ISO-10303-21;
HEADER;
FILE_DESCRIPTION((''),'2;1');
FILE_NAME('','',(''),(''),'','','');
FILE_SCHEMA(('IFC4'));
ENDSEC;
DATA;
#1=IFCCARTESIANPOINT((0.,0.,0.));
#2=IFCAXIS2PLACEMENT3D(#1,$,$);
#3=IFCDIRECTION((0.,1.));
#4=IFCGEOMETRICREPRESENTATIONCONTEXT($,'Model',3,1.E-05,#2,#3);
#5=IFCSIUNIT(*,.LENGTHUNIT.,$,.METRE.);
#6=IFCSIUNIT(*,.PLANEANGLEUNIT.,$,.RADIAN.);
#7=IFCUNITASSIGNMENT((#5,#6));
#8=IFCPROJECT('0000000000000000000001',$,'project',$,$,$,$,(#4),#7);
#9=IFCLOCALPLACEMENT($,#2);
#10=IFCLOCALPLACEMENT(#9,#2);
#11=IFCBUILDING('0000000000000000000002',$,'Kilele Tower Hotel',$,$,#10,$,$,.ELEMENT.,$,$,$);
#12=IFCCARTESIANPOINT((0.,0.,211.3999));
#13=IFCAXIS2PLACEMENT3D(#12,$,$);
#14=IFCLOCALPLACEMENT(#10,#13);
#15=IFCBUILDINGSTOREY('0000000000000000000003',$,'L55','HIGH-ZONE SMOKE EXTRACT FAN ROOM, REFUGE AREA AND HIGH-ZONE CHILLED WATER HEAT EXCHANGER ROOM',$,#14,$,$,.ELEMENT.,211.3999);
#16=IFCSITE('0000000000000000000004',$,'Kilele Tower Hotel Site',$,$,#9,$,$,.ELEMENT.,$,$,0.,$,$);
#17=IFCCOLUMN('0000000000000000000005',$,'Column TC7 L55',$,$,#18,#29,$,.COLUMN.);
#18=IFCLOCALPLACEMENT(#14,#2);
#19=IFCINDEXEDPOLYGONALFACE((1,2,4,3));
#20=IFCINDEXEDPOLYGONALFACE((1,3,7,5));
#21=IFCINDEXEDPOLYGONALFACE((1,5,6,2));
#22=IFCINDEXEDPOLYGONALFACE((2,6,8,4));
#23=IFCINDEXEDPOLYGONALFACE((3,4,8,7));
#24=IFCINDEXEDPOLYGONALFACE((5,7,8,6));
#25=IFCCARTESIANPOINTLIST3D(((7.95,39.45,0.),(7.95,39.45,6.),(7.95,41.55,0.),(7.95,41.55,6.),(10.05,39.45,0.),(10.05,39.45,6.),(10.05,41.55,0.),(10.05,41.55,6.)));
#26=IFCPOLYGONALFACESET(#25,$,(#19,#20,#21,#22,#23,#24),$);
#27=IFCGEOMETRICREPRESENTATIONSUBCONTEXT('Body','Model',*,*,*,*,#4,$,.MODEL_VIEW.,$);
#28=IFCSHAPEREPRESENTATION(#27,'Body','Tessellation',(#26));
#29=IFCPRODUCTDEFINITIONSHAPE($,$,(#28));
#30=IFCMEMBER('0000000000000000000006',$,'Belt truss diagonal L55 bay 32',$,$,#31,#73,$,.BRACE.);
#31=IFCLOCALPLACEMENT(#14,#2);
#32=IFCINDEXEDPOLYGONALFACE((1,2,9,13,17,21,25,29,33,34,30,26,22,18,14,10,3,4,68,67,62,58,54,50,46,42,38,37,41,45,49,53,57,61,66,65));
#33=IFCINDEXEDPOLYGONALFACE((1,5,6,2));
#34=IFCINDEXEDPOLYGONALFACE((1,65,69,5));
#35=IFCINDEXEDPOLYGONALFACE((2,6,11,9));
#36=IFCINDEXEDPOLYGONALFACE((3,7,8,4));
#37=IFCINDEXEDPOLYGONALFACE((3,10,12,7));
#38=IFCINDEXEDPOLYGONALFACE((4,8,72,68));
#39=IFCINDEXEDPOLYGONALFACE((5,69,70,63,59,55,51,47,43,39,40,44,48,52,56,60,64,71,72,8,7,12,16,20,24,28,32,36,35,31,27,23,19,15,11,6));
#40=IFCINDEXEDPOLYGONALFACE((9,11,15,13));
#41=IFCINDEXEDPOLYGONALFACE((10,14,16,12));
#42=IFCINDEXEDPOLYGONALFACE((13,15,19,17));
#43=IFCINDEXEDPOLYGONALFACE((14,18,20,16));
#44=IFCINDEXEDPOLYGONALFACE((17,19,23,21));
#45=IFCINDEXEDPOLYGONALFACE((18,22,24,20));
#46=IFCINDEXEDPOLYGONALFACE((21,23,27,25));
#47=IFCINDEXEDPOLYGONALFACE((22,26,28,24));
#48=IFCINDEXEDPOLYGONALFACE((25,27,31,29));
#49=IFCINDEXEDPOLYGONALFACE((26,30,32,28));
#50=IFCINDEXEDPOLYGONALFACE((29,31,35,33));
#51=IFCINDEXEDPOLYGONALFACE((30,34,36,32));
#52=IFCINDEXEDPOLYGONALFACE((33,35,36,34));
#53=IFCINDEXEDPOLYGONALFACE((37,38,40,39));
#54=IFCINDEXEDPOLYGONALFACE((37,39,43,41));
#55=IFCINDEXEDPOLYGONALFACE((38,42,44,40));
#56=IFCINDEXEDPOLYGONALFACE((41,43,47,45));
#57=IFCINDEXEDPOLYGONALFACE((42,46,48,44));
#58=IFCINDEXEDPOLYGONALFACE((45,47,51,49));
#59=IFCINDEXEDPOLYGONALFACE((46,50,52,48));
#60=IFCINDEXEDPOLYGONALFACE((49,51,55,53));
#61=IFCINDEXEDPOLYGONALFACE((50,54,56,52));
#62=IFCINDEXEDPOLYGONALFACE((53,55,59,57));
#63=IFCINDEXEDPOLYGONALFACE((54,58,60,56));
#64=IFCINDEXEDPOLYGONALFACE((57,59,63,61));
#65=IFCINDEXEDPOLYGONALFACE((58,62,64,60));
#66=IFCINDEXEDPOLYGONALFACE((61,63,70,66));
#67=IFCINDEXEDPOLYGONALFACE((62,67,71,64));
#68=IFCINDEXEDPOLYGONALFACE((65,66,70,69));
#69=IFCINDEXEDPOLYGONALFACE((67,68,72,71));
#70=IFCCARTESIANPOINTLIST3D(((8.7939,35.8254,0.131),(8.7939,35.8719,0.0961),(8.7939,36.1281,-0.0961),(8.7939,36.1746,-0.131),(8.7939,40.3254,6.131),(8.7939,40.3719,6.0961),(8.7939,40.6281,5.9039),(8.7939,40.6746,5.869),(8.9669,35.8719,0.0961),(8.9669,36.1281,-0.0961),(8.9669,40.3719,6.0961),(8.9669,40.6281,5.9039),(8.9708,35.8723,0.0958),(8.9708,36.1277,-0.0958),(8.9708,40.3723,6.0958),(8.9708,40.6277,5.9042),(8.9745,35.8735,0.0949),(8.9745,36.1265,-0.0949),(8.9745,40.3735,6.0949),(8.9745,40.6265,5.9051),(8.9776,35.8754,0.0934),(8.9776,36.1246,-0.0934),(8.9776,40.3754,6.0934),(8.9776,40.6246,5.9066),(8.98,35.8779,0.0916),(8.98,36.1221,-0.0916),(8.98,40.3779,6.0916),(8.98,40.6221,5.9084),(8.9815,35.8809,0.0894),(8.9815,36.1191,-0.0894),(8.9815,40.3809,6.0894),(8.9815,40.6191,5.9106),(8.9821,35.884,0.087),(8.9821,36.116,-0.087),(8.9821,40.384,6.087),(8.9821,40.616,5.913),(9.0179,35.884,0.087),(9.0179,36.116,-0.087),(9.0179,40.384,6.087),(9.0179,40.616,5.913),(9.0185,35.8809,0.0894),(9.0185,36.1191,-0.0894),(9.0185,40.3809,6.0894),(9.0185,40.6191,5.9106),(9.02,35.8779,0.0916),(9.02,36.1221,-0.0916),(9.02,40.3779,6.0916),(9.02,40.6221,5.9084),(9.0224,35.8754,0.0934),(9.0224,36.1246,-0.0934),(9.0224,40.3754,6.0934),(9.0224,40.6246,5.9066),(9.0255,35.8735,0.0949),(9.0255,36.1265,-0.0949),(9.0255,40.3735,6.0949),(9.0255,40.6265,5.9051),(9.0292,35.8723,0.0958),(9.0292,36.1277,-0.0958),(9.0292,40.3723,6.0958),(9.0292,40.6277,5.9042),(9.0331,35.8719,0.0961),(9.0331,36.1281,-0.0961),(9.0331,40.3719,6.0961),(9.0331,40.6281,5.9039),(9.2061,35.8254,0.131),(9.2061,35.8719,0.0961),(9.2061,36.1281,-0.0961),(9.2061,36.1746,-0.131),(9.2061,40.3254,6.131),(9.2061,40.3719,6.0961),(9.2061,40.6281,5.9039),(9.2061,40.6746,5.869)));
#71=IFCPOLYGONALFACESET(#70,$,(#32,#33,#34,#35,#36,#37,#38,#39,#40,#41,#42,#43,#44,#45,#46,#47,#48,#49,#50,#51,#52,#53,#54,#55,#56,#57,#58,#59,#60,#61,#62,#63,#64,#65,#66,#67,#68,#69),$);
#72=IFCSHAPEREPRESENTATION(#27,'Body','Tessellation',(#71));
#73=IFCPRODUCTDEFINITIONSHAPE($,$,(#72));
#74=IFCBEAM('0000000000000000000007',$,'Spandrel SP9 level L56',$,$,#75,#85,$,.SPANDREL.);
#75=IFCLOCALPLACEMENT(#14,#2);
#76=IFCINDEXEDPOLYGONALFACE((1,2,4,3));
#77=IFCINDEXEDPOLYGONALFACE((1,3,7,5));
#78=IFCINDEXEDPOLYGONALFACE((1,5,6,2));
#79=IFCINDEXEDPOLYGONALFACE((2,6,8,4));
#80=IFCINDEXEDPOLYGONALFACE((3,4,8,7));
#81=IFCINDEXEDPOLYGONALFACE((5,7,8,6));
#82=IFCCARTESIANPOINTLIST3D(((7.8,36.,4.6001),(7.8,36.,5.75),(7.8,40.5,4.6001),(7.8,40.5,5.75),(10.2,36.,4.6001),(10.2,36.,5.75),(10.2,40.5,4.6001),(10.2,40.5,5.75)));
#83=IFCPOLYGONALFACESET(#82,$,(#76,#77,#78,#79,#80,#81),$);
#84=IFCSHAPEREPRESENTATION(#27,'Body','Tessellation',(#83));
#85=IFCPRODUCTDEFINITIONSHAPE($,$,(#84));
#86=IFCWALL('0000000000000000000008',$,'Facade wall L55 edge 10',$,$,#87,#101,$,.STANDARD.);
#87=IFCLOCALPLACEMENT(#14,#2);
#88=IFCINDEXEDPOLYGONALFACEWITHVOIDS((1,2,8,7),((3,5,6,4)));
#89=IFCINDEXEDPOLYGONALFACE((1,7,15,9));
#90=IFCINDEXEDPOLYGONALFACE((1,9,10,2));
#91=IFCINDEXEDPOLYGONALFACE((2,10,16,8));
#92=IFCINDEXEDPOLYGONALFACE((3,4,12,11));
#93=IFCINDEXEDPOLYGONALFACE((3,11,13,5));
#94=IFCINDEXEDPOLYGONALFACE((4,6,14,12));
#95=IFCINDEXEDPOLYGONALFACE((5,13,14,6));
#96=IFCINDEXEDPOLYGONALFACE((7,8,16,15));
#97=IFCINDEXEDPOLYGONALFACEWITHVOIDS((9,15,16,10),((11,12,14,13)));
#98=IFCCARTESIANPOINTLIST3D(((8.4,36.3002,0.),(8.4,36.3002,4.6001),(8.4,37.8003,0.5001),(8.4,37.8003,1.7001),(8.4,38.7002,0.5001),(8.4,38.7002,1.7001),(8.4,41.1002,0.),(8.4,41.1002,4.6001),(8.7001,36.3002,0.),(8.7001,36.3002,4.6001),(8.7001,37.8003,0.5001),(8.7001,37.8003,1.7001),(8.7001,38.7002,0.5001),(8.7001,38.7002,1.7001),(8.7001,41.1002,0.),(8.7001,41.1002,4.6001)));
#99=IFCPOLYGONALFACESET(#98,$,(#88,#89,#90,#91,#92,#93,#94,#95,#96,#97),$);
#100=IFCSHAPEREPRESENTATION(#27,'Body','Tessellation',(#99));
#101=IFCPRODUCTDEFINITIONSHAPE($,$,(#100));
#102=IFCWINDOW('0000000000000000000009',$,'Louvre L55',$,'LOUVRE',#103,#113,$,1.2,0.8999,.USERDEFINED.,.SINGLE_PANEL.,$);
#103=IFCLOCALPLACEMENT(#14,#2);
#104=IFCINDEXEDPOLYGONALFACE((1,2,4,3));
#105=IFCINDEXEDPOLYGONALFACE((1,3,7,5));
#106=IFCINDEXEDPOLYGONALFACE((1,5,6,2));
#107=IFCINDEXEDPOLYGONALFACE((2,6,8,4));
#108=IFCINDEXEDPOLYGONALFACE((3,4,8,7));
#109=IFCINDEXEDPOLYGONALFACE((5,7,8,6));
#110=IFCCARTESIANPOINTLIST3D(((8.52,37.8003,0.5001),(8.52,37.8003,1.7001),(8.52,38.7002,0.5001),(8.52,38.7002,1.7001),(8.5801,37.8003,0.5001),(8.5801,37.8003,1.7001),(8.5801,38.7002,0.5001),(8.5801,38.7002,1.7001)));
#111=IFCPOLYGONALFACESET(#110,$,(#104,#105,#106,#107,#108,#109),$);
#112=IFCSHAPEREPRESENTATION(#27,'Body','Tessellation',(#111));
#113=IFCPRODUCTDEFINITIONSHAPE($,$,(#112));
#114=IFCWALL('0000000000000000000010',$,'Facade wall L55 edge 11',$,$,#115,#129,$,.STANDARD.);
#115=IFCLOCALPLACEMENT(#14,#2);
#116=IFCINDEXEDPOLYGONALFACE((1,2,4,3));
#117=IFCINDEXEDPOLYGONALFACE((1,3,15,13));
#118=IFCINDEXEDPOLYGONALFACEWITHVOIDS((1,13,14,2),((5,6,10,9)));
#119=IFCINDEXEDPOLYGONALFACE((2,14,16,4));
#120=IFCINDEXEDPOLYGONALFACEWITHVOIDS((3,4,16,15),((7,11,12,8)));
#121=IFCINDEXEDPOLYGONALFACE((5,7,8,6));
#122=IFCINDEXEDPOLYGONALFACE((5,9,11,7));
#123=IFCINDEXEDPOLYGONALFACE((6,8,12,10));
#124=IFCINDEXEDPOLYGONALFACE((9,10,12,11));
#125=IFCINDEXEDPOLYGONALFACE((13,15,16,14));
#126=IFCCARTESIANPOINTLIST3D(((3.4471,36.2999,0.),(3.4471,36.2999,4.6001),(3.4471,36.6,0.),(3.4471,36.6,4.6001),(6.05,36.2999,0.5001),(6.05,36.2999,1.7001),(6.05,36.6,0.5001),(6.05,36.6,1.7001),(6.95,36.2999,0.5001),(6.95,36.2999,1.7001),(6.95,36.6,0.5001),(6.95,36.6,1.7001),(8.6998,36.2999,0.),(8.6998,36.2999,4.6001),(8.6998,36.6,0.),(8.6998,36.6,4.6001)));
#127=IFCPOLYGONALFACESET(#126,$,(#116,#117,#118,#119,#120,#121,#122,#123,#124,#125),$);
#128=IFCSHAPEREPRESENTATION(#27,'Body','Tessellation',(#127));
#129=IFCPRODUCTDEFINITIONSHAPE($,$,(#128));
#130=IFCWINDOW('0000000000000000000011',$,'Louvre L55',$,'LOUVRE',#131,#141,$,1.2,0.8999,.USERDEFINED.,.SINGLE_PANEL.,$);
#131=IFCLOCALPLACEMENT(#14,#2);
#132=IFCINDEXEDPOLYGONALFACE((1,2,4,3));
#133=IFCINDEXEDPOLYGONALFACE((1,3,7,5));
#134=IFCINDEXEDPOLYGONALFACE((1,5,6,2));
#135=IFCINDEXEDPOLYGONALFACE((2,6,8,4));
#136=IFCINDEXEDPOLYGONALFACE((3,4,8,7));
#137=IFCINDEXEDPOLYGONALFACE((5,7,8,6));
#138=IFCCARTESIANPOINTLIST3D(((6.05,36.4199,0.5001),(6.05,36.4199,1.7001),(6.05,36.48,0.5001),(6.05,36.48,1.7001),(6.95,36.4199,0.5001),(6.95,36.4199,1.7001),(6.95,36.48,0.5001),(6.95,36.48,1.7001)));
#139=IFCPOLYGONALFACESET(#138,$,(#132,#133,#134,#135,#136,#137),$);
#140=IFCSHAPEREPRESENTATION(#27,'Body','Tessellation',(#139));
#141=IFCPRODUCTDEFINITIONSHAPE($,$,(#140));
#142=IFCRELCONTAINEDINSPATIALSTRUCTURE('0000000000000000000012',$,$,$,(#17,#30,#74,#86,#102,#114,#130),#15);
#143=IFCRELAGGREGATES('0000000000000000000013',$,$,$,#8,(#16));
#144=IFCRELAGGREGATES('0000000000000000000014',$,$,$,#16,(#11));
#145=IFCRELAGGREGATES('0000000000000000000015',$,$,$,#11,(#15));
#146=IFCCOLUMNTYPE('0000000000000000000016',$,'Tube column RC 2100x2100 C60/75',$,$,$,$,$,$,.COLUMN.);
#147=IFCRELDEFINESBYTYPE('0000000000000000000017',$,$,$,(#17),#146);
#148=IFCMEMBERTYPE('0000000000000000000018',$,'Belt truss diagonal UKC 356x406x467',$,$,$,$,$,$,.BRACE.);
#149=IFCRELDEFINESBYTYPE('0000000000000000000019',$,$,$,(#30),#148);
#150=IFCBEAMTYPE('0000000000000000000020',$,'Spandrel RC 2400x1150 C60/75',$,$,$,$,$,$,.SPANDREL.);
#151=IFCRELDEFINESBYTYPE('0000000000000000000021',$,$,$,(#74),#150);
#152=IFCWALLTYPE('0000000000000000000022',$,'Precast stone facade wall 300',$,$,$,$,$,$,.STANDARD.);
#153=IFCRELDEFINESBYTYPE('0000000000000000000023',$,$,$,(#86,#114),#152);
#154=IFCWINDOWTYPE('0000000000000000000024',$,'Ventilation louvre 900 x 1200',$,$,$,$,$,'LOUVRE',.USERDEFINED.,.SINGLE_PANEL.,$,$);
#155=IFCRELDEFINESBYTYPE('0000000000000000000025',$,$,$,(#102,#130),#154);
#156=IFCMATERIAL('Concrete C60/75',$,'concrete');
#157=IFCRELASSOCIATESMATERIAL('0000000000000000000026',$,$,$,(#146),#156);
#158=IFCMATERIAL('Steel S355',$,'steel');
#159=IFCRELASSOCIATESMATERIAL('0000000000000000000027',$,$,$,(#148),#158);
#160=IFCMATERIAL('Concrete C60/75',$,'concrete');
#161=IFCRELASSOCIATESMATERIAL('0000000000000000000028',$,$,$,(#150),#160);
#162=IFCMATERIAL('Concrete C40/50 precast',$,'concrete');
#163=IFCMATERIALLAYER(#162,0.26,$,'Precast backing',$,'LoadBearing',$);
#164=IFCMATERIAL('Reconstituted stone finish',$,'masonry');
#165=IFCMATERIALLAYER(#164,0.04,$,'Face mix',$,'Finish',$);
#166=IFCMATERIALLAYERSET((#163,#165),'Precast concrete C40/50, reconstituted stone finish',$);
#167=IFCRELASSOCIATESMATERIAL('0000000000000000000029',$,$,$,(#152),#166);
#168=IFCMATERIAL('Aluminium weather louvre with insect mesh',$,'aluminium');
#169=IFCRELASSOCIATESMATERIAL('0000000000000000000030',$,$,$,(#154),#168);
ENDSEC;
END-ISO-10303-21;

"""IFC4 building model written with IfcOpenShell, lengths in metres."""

from ifc_helpers import new_model, si_unit, direction, frame, frame_2d, origin, origin_2d, place, context, subcontext, project, spatial, rectangle, i_section, extrude, material, layer, layer_set, material_profile, profile_set, type_object, element, fill, save


model = new_model("IFC4")

# Units and contexts
model_context = context("Model", 3, precision=1e-05, world=origin(), true_north=direction((0.0, 1.0)))
body_context = subcontext(model_context, "Body", "Model", "MODEL_VIEW")
ifc_project = project(units=[si_unit("LENGTHUNIT", "METRE"), si_unit("PLANEANGLEUNIT", "RADIAN")], contexts=[model_context])

# Site, building, storey
site_placement = place(None, origin())
site = spatial("IfcSite", under=ifc_project, at=site_placement, Name="Kilele Tower Hotel Site", CompositionType="ELEMENT", RefElevation=0.0)
building_placement = place(site_placement, origin())
building = spatial("IfcBuilding", under=site, at=building_placement, Name="Kilele Tower Hotel", CompositionType="ELEMENT")
storey_placement = place(building_placement, frame((0.0, 0.0, 211.3999)))
storey = spatial("IfcBuildingStorey", under=building, at=storey_placement, Name="L55", Description="HIGH-ZONE SMOKE EXTRACT FAN ROOM, REFUGE AREA AND HIGH-ZONE CHILLED WATER HEAT EXCHANGER ROOM", CompositionType="ELEMENT", Elevation=211.3999)

# Column
ifc_material_1 = material(Name="Concrete C60/75", Category="concrete")
ifc_material_profile_1 = material_profile(ifc_material_1, rectangle(XDim=2.1001, YDim=2.1001, at=origin_2d()))
ifc_profile_set_1 = profile_set([ifc_material_profile_1], Name="Concrete C60/75")
column_type = type_object("IfcColumnType", Name="Tube column RC 2100x2100 C60/75", PredefinedType="COLUMN", material=ifc_profile_set_1)
column_placement = place(storey_placement, frame((9.0, 40.5, 0.0), z_axis=(0.0, 0.0, 1.0), x_axis=(1.0, 0.0, 0.0)))
element("IfcColumn", 1, at=column_placement, inside=storey, type_object=column_type, Name="Column TC7 L55", PredefinedType="COLUMN", context=body_context, shape_type="SweptSolid", body=[
    extrude(rectangle(XDim=2.1001, YDim=2.1001, at=origin_2d()), origin(), (0.0, 0.0, 1.0), 6.0),
])

# Member
ifc_material_2 = material(Name="Steel S355", Category="steel")
ifc_material_profile_2 = material_profile(ifc_material_2, i_section(OverallWidth=0.4121, OverallDepth=0.4365, WebThickness=0.0359, FlangeThickness=0.0581, FilletRadius=0.0151, at=origin_2d()))
ifc_profile_set_2 = profile_set([ifc_material_profile_2], Name="Steel S355")
member_type = type_object("IfcMemberType", Name="Belt truss diagonal UKC 356x406x467", PredefinedType="BRACE", material=ifc_profile_set_2)
member_placement = place(storey_placement, frame((9.0, 40.5, 6.0), z_axis=(0.0, -0.6, -0.8), x_axis=(1.0, 0.0, 0.0)))
element("IfcMember", 2, at=member_placement, inside=storey, type_object=member_type, Name="Belt truss diagonal L55 bay 32", PredefinedType="BRACE", context=body_context, shape_type="SweptSolid", body=[
    extrude(i_section(OverallWidth=0.4121, OverallDepth=0.4365, WebThickness=0.0359, FlangeThickness=0.0581, FilletRadius=0.0151, at=origin_2d()), origin(), (0.0, 0.0, 1.0), 7.5),
])

# Beam
ifc_material_3 = material(Name="Concrete C60/75", Category="concrete")
ifc_material_profile_3 = material_profile(ifc_material_3, rectangle(XDim=2.3999, YDim=1.1499, at=origin_2d()))
ifc_profile_set_3 = profile_set([ifc_material_profile_3], Name="Concrete C60/75")
beam_type = type_object("IfcBeamType", Name="Spandrel RC 2400x1150 C60/75", PredefinedType="SPANDREL", material=ifc_profile_set_3)
beam_placement = place(storey_placement, frame((9.0, 40.5, 5.175), z_axis=(0.0, -1.0, 0.0), x_axis=(1.0, 0.0, 0.0)))
element("IfcBeam", 3, at=beam_placement, inside=storey, type_object=beam_type, Name="Spandrel SP9 level L56", PredefinedType="SPANDREL", context=body_context, shape_type="SweptSolid", body=[
    extrude(rectangle(XDim=2.3999, YDim=1.1499, at=origin_2d()), origin(), (0.0, 0.0, 1.0), 4.5),
])

# Walls, openings, windows
ifc_material_4 = material(Name="Concrete C40/50 precast", Category="concrete")
ifc_layer_1 = layer(ifc_material_4, 0.26, Name="Precast backing", Category="LoadBearing")
ifc_material_5 = material(Name="Reconstituted stone finish", Category="masonry")
ifc_layer_2 = layer(ifc_material_5, 0.04, Name="Face mix", Category="Finish")
ifc_layer_set_1 = layer_set([ifc_layer_1, ifc_layer_2], Name="Precast concrete C40/50, reconstituted stone finish")
wall_type = type_object("IfcWallType", Name="Precast stone facade wall 300", PredefinedType="STANDARD", material=ifc_layer_set_1)
wall_1_placement = place(storey_placement, frame((8.55, 41.1001, 0.0), z_axis=(0.0, 0.0, 1.0), x_axis=(0.0, -1.0, 0.0)))
wall_1 = element("IfcWall", 4, at=wall_1_placement, inside=storey, type_object=wall_type, Name="Facade wall L55 edge 10", PredefinedType="STANDARD", context=body_context, shape_type="SweptSolid", body=[
    extrude(rectangle(XDim=4.8, YDim=0.3, at=frame_2d((2.3999, 0.0))), origin(), (0.0, 0.0, 1.0), 4.6001),
])
opening_1_placement = place(wall_1_placement, frame((2.3999, 0.0, 0.5)))
opening_1 = element("IfcOpeningElement", 5, at=opening_1_placement, cuts=wall_1, PredefinedType="OPENING", context=body_context, shape_type="SweptSolid", body=[
    extrude(rectangle(XDim=0.8999, YDim=1.2, at=frame_2d((0.45, 0.6001))), frame((0.0, 0.1599, 0.0), z_axis=(0.0, -1.0, 0.0), x_axis=(1.0, 0.0, 0.0)), (0.0, 0.0, 1.0), 0.3201),
])
ifc_material_6 = material(Name="Aluminium weather louvre with insect mesh", Category="aluminium")
window_type = type_object("IfcWindowType", Name="Ventilation louvre 900 x 1200", ElementType="LOUVRE", PartitioningType="SINGLE_PANEL", PredefinedType="USERDEFINED", material=ifc_material_6)
window_1_placement = place(opening_1_placement, origin())
window_1 = element("IfcWindow", 6, at=window_1_placement, inside=storey, type_object=window_type, Name="Louvre L55", ObjectType="LOUVRE", OverallHeight=1.2, OverallWidth=0.8999, PartitioningType="SINGLE_PANEL", PredefinedType="USERDEFINED", context=body_context, shape_type="SweptSolid", body=[
    extrude(rectangle(XDim=0.8999, YDim=1.2, at=frame_2d((0.45, 0.6001))), frame((0.0, 0.03, 0.0), z_axis=(0.0, -1.0, 0.0), x_axis=(1.0, 0.0, 0.0)), (0.0, 0.0, 1.0), 0.0601),
])
fill(opening_1, window_1)
wall_2_placement = place(storey_placement, frame((8.7, 36.45, 0.0), z_axis=(0.0, 0.0, 1.0), x_axis=(-1.0, 0.0, 0.0)))
wall_2 = element("IfcWall", 7, at=wall_2_placement, inside=storey, type_object=wall_type, Name="Facade wall L55 edge 11", PredefinedType="STANDARD", context=body_context, shape_type="SweptSolid", body=[
    extrude(rectangle(XDim=5.2527, YDim=0.3, at=frame_2d((2.6265, 0.0))), origin(), (0.0, 0.0, 1.0), 4.6001),
])
opening_2_placement = place(wall_2_placement, frame((1.75, 0.0, 0.5)))
opening_2 = element("IfcOpeningElement", 8, at=opening_2_placement, cuts=wall_2, PredefinedType="OPENING", context=body_context, shape_type="SweptSolid", body=[
    extrude(rectangle(XDim=0.8999, YDim=1.2, at=frame_2d((0.45, 0.6001))), frame((0.0, 0.1599, 0.0), z_axis=(0.0, -1.0, 0.0), x_axis=(1.0, 0.0, 0.0)), (0.0, 0.0, 1.0), 0.3201),
])
window_2_placement = place(opening_2_placement, origin())
window_2 = element("IfcWindow", 9, at=window_2_placement, inside=storey, type_object=window_type, Name="Louvre L55", ObjectType="LOUVRE", OverallHeight=1.2, OverallWidth=0.8999, PartitioningType="SINGLE_PANEL", PredefinedType="USERDEFINED", context=body_context, shape_type="SweptSolid", body=[
    extrude(rectangle(XDim=0.8999, YDim=1.2, at=frame_2d((0.45, 0.6001))), frame((0.0, 0.03, 0.0), z_axis=(0.0, -1.0, 0.0), x_axis=(1.0, 0.0, 0.0)), (0.0, 0.0, 1.0), 0.0601),
])
fill(opening_2, window_2)

save(model, "model.ifc")
